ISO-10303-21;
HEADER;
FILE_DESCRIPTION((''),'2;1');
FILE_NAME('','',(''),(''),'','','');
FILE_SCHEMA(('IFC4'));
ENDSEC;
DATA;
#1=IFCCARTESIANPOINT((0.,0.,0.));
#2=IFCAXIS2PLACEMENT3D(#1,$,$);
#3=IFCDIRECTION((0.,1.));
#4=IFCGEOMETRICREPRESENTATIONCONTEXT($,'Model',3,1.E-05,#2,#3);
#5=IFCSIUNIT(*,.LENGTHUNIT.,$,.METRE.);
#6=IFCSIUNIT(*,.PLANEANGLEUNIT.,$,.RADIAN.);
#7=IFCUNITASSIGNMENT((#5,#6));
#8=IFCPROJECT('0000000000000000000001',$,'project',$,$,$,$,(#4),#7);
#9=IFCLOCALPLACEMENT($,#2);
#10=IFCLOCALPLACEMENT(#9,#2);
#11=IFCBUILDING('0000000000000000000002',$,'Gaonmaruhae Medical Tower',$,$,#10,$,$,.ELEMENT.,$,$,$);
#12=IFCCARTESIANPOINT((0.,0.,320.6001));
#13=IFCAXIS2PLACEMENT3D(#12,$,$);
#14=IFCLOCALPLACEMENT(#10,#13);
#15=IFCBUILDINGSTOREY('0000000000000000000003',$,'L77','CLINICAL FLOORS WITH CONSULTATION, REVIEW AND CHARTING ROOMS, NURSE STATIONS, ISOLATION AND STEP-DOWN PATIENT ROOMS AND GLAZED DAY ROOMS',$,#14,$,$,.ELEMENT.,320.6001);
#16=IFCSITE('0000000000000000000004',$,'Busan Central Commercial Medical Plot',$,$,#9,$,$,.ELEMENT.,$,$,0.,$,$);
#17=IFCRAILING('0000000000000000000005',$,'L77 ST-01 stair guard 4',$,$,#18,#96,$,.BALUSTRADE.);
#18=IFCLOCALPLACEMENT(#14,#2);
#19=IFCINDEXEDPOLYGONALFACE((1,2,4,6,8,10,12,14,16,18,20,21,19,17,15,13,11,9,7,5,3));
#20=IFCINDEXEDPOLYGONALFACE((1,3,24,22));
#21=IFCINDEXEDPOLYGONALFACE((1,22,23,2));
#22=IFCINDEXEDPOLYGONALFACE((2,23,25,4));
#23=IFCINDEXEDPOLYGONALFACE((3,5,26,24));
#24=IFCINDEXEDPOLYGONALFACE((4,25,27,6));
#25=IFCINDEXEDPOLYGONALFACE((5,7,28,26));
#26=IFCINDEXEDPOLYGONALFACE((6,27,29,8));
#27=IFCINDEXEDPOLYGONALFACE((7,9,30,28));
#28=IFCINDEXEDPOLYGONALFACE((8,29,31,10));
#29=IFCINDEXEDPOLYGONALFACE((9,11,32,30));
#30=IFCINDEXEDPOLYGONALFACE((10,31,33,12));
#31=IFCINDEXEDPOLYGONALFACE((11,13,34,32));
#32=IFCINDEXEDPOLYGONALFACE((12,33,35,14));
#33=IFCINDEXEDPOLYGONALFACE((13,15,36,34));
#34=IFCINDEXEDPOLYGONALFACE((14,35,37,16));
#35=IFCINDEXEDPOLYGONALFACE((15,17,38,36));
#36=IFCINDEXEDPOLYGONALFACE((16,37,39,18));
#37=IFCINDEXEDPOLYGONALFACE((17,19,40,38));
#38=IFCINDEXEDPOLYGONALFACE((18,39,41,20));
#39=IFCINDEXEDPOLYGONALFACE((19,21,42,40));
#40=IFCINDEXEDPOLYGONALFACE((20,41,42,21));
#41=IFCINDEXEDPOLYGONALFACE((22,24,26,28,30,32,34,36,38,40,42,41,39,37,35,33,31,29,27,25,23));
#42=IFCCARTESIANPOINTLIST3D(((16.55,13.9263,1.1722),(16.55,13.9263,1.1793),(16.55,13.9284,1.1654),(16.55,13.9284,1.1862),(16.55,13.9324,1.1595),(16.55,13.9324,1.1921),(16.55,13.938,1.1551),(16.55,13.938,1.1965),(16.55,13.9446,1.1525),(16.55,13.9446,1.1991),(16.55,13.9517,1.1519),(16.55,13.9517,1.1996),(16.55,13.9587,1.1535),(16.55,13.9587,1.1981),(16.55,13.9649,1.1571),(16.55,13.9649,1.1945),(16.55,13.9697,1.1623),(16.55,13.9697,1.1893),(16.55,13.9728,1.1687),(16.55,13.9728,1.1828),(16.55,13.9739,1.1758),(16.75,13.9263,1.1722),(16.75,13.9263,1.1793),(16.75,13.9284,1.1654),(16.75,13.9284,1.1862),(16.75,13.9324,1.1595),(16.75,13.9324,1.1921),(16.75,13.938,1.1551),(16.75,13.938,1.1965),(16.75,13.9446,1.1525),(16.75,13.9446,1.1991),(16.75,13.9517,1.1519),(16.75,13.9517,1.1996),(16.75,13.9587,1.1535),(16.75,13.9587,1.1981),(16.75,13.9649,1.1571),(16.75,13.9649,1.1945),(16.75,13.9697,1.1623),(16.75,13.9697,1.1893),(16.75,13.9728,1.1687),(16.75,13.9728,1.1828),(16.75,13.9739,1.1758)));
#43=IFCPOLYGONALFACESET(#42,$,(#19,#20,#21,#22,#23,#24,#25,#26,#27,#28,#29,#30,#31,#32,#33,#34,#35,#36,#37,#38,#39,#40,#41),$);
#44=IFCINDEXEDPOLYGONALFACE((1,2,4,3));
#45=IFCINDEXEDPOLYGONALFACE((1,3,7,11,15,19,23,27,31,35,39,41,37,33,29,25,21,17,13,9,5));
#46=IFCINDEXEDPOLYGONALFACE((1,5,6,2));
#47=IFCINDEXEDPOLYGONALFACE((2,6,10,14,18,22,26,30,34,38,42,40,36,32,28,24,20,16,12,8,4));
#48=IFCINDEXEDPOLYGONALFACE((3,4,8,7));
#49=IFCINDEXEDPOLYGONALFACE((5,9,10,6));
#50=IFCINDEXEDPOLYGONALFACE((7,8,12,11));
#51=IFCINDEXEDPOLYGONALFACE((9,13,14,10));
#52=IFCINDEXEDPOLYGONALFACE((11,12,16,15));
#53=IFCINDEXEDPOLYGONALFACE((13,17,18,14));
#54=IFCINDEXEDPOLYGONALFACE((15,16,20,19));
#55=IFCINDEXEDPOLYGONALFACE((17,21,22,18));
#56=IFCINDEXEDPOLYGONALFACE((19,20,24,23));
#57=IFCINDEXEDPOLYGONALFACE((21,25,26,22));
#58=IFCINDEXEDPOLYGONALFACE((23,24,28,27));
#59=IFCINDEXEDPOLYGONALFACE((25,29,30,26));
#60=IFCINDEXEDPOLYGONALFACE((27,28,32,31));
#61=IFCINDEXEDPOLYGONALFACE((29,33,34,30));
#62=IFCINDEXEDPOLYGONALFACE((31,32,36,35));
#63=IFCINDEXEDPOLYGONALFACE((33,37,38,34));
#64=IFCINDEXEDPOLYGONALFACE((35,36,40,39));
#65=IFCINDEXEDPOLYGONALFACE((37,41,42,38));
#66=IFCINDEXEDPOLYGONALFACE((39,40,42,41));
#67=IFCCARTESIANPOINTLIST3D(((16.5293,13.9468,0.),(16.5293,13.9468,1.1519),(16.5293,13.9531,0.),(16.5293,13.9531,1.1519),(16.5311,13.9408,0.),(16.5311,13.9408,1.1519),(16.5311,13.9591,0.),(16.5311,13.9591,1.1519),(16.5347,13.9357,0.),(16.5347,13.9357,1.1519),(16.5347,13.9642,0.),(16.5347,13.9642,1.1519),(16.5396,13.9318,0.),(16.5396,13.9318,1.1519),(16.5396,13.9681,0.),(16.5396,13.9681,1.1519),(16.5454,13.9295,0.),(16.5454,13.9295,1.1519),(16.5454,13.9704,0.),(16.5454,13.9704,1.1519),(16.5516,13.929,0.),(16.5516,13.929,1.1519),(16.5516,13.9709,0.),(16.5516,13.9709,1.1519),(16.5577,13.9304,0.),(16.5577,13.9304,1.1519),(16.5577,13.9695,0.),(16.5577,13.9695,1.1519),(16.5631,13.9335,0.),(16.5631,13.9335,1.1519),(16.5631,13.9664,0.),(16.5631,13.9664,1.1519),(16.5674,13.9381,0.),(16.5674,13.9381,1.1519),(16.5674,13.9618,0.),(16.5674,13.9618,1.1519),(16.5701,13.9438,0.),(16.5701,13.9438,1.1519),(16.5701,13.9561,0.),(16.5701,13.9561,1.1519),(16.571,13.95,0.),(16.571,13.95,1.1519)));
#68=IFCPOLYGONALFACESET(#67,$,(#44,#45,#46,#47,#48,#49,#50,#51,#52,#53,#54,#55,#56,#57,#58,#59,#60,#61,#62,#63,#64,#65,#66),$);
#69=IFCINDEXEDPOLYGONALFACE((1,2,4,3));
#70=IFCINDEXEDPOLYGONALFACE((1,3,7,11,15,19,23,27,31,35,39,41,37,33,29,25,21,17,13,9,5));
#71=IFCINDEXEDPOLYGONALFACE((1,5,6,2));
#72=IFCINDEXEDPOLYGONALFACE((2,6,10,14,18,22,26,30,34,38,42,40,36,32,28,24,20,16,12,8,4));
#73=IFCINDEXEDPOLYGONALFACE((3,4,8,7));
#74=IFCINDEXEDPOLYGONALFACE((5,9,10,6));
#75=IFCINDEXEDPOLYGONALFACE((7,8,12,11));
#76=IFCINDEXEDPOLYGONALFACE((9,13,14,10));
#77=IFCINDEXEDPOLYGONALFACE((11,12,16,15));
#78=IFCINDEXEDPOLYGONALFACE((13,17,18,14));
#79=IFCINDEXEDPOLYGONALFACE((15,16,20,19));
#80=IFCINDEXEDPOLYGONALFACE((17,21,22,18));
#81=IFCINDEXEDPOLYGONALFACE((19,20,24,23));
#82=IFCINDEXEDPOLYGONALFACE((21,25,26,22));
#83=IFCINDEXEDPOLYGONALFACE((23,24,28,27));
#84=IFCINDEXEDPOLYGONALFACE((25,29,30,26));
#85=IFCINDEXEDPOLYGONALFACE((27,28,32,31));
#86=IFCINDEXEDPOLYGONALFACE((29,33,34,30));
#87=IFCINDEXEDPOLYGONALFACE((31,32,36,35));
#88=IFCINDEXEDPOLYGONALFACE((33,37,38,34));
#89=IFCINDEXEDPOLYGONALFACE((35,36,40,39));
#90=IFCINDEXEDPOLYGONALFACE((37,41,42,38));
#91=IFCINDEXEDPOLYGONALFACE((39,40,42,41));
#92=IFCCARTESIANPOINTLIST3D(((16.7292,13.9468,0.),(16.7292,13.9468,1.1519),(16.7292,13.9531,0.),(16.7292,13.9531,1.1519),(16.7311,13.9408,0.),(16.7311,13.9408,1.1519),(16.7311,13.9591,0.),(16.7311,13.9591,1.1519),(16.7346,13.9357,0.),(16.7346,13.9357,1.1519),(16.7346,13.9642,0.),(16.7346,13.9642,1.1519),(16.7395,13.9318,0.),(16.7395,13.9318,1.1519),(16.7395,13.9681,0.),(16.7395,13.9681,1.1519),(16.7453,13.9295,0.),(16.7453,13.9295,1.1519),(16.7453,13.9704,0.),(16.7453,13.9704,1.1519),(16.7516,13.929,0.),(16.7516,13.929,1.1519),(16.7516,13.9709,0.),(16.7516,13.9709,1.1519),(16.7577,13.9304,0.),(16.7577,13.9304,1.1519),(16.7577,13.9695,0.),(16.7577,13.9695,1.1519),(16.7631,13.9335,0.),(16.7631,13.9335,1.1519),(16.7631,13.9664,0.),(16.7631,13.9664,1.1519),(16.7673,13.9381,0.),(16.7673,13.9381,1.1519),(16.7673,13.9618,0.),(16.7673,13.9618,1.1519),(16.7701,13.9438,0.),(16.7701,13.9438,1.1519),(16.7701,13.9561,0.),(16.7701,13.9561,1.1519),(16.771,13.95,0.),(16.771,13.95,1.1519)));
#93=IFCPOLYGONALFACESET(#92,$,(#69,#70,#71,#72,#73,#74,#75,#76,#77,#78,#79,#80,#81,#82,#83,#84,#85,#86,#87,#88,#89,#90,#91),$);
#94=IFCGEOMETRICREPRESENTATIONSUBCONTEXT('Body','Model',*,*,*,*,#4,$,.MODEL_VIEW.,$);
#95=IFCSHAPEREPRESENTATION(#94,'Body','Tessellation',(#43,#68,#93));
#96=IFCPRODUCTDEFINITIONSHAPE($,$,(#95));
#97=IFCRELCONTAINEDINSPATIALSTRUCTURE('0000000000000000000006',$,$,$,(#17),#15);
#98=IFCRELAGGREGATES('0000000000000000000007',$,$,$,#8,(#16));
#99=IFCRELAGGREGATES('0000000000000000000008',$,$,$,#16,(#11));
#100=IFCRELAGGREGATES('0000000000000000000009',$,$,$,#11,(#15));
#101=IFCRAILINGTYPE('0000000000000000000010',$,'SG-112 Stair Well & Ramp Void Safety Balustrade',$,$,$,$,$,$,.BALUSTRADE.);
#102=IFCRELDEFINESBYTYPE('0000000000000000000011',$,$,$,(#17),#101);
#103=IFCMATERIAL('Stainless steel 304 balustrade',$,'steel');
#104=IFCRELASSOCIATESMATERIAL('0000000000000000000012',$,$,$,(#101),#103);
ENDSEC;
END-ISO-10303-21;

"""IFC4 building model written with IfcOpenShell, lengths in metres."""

from ifc_helpers import new_model, si_unit, direction, frame, origin, origin_2d, place, context, subcontext, project, spatial, circle, extrude, material, type_object, element, save


model = new_model("IFC4")

# Units and contexts
model_context = context("Model", 3, precision=1e-05, world=origin(), true_north=direction((0.0, 1.0)))
body_context = subcontext(model_context, "Body", "Model", "MODEL_VIEW")
ifc_project = project(units=[si_unit("LENGTHUNIT", "METRE"), si_unit("PLANEANGLEUNIT", "RADIAN")], contexts=[model_context])

# Site, building, storey
site_placement = place(None, origin())
site = spatial("IfcSite", under=ifc_project, at=site_placement, Name="Busan Central Commercial Medical Plot", CompositionType="ELEMENT", RefElevation=0.0)
building_placement = place(site_placement, origin())
building = spatial("IfcBuilding", under=site, at=building_placement, Name="Gaonmaruhae Medical Tower", CompositionType="ELEMENT")
storey_placement = place(building_placement, frame((0.0, 0.0, 320.6001)))
storey = spatial("IfcBuildingStorey", under=building, at=storey_placement, Name="L77", Description="CLINICAL FLOORS WITH CONSULTATION, REVIEW AND CHARTING ROOMS, NURSE STATIONS, ISOLATION AND STEP-DOWN PATIENT ROOMS AND GLAZED DAY ROOMS", CompositionType="ELEMENT", Elevation=320.6001)

# Railing
ifc_material_1 = material(Name="Stainless steel 304 balustrade", Category="steel")
railing_type = type_object("IfcRailingType", Name="SG-112 Stair Well & Ramp Void Safety Balustrade", PredefinedType="BALUSTRADE", material=ifc_material_1)
railing_1_placement = place(storey_placement, frame((16.55, 13.95, 0.0)))
element("IfcRailing", 1, at=railing_1_placement, inside=storey, type_object=railing_type, Name="L77 ST-01 stair guard 4", PredefinedType="BALUSTRADE", context=body_context, shape_type="SweptSolid", body=[
    extrude(circle(Radius=0.0239, at=origin_2d()), frame((0.0, 0.0, 1.1758), z_axis=(1.0, 0.0, 0.0), x_axis=(0.0, 1.0, 0.0)), (0.0, 0.0, 1.0), 0.2),
    extrude(circle(Radius=0.021, at=origin_2d()), origin(), (0.0, 0.0, 1.0), 1.1519),
    extrude(circle(Radius=0.021, at=origin_2d()), frame((0.2, 0.0, 0.0)), (0.0, 0.0, 1.0), 1.1519),
])

save(model, "model.ifc")
